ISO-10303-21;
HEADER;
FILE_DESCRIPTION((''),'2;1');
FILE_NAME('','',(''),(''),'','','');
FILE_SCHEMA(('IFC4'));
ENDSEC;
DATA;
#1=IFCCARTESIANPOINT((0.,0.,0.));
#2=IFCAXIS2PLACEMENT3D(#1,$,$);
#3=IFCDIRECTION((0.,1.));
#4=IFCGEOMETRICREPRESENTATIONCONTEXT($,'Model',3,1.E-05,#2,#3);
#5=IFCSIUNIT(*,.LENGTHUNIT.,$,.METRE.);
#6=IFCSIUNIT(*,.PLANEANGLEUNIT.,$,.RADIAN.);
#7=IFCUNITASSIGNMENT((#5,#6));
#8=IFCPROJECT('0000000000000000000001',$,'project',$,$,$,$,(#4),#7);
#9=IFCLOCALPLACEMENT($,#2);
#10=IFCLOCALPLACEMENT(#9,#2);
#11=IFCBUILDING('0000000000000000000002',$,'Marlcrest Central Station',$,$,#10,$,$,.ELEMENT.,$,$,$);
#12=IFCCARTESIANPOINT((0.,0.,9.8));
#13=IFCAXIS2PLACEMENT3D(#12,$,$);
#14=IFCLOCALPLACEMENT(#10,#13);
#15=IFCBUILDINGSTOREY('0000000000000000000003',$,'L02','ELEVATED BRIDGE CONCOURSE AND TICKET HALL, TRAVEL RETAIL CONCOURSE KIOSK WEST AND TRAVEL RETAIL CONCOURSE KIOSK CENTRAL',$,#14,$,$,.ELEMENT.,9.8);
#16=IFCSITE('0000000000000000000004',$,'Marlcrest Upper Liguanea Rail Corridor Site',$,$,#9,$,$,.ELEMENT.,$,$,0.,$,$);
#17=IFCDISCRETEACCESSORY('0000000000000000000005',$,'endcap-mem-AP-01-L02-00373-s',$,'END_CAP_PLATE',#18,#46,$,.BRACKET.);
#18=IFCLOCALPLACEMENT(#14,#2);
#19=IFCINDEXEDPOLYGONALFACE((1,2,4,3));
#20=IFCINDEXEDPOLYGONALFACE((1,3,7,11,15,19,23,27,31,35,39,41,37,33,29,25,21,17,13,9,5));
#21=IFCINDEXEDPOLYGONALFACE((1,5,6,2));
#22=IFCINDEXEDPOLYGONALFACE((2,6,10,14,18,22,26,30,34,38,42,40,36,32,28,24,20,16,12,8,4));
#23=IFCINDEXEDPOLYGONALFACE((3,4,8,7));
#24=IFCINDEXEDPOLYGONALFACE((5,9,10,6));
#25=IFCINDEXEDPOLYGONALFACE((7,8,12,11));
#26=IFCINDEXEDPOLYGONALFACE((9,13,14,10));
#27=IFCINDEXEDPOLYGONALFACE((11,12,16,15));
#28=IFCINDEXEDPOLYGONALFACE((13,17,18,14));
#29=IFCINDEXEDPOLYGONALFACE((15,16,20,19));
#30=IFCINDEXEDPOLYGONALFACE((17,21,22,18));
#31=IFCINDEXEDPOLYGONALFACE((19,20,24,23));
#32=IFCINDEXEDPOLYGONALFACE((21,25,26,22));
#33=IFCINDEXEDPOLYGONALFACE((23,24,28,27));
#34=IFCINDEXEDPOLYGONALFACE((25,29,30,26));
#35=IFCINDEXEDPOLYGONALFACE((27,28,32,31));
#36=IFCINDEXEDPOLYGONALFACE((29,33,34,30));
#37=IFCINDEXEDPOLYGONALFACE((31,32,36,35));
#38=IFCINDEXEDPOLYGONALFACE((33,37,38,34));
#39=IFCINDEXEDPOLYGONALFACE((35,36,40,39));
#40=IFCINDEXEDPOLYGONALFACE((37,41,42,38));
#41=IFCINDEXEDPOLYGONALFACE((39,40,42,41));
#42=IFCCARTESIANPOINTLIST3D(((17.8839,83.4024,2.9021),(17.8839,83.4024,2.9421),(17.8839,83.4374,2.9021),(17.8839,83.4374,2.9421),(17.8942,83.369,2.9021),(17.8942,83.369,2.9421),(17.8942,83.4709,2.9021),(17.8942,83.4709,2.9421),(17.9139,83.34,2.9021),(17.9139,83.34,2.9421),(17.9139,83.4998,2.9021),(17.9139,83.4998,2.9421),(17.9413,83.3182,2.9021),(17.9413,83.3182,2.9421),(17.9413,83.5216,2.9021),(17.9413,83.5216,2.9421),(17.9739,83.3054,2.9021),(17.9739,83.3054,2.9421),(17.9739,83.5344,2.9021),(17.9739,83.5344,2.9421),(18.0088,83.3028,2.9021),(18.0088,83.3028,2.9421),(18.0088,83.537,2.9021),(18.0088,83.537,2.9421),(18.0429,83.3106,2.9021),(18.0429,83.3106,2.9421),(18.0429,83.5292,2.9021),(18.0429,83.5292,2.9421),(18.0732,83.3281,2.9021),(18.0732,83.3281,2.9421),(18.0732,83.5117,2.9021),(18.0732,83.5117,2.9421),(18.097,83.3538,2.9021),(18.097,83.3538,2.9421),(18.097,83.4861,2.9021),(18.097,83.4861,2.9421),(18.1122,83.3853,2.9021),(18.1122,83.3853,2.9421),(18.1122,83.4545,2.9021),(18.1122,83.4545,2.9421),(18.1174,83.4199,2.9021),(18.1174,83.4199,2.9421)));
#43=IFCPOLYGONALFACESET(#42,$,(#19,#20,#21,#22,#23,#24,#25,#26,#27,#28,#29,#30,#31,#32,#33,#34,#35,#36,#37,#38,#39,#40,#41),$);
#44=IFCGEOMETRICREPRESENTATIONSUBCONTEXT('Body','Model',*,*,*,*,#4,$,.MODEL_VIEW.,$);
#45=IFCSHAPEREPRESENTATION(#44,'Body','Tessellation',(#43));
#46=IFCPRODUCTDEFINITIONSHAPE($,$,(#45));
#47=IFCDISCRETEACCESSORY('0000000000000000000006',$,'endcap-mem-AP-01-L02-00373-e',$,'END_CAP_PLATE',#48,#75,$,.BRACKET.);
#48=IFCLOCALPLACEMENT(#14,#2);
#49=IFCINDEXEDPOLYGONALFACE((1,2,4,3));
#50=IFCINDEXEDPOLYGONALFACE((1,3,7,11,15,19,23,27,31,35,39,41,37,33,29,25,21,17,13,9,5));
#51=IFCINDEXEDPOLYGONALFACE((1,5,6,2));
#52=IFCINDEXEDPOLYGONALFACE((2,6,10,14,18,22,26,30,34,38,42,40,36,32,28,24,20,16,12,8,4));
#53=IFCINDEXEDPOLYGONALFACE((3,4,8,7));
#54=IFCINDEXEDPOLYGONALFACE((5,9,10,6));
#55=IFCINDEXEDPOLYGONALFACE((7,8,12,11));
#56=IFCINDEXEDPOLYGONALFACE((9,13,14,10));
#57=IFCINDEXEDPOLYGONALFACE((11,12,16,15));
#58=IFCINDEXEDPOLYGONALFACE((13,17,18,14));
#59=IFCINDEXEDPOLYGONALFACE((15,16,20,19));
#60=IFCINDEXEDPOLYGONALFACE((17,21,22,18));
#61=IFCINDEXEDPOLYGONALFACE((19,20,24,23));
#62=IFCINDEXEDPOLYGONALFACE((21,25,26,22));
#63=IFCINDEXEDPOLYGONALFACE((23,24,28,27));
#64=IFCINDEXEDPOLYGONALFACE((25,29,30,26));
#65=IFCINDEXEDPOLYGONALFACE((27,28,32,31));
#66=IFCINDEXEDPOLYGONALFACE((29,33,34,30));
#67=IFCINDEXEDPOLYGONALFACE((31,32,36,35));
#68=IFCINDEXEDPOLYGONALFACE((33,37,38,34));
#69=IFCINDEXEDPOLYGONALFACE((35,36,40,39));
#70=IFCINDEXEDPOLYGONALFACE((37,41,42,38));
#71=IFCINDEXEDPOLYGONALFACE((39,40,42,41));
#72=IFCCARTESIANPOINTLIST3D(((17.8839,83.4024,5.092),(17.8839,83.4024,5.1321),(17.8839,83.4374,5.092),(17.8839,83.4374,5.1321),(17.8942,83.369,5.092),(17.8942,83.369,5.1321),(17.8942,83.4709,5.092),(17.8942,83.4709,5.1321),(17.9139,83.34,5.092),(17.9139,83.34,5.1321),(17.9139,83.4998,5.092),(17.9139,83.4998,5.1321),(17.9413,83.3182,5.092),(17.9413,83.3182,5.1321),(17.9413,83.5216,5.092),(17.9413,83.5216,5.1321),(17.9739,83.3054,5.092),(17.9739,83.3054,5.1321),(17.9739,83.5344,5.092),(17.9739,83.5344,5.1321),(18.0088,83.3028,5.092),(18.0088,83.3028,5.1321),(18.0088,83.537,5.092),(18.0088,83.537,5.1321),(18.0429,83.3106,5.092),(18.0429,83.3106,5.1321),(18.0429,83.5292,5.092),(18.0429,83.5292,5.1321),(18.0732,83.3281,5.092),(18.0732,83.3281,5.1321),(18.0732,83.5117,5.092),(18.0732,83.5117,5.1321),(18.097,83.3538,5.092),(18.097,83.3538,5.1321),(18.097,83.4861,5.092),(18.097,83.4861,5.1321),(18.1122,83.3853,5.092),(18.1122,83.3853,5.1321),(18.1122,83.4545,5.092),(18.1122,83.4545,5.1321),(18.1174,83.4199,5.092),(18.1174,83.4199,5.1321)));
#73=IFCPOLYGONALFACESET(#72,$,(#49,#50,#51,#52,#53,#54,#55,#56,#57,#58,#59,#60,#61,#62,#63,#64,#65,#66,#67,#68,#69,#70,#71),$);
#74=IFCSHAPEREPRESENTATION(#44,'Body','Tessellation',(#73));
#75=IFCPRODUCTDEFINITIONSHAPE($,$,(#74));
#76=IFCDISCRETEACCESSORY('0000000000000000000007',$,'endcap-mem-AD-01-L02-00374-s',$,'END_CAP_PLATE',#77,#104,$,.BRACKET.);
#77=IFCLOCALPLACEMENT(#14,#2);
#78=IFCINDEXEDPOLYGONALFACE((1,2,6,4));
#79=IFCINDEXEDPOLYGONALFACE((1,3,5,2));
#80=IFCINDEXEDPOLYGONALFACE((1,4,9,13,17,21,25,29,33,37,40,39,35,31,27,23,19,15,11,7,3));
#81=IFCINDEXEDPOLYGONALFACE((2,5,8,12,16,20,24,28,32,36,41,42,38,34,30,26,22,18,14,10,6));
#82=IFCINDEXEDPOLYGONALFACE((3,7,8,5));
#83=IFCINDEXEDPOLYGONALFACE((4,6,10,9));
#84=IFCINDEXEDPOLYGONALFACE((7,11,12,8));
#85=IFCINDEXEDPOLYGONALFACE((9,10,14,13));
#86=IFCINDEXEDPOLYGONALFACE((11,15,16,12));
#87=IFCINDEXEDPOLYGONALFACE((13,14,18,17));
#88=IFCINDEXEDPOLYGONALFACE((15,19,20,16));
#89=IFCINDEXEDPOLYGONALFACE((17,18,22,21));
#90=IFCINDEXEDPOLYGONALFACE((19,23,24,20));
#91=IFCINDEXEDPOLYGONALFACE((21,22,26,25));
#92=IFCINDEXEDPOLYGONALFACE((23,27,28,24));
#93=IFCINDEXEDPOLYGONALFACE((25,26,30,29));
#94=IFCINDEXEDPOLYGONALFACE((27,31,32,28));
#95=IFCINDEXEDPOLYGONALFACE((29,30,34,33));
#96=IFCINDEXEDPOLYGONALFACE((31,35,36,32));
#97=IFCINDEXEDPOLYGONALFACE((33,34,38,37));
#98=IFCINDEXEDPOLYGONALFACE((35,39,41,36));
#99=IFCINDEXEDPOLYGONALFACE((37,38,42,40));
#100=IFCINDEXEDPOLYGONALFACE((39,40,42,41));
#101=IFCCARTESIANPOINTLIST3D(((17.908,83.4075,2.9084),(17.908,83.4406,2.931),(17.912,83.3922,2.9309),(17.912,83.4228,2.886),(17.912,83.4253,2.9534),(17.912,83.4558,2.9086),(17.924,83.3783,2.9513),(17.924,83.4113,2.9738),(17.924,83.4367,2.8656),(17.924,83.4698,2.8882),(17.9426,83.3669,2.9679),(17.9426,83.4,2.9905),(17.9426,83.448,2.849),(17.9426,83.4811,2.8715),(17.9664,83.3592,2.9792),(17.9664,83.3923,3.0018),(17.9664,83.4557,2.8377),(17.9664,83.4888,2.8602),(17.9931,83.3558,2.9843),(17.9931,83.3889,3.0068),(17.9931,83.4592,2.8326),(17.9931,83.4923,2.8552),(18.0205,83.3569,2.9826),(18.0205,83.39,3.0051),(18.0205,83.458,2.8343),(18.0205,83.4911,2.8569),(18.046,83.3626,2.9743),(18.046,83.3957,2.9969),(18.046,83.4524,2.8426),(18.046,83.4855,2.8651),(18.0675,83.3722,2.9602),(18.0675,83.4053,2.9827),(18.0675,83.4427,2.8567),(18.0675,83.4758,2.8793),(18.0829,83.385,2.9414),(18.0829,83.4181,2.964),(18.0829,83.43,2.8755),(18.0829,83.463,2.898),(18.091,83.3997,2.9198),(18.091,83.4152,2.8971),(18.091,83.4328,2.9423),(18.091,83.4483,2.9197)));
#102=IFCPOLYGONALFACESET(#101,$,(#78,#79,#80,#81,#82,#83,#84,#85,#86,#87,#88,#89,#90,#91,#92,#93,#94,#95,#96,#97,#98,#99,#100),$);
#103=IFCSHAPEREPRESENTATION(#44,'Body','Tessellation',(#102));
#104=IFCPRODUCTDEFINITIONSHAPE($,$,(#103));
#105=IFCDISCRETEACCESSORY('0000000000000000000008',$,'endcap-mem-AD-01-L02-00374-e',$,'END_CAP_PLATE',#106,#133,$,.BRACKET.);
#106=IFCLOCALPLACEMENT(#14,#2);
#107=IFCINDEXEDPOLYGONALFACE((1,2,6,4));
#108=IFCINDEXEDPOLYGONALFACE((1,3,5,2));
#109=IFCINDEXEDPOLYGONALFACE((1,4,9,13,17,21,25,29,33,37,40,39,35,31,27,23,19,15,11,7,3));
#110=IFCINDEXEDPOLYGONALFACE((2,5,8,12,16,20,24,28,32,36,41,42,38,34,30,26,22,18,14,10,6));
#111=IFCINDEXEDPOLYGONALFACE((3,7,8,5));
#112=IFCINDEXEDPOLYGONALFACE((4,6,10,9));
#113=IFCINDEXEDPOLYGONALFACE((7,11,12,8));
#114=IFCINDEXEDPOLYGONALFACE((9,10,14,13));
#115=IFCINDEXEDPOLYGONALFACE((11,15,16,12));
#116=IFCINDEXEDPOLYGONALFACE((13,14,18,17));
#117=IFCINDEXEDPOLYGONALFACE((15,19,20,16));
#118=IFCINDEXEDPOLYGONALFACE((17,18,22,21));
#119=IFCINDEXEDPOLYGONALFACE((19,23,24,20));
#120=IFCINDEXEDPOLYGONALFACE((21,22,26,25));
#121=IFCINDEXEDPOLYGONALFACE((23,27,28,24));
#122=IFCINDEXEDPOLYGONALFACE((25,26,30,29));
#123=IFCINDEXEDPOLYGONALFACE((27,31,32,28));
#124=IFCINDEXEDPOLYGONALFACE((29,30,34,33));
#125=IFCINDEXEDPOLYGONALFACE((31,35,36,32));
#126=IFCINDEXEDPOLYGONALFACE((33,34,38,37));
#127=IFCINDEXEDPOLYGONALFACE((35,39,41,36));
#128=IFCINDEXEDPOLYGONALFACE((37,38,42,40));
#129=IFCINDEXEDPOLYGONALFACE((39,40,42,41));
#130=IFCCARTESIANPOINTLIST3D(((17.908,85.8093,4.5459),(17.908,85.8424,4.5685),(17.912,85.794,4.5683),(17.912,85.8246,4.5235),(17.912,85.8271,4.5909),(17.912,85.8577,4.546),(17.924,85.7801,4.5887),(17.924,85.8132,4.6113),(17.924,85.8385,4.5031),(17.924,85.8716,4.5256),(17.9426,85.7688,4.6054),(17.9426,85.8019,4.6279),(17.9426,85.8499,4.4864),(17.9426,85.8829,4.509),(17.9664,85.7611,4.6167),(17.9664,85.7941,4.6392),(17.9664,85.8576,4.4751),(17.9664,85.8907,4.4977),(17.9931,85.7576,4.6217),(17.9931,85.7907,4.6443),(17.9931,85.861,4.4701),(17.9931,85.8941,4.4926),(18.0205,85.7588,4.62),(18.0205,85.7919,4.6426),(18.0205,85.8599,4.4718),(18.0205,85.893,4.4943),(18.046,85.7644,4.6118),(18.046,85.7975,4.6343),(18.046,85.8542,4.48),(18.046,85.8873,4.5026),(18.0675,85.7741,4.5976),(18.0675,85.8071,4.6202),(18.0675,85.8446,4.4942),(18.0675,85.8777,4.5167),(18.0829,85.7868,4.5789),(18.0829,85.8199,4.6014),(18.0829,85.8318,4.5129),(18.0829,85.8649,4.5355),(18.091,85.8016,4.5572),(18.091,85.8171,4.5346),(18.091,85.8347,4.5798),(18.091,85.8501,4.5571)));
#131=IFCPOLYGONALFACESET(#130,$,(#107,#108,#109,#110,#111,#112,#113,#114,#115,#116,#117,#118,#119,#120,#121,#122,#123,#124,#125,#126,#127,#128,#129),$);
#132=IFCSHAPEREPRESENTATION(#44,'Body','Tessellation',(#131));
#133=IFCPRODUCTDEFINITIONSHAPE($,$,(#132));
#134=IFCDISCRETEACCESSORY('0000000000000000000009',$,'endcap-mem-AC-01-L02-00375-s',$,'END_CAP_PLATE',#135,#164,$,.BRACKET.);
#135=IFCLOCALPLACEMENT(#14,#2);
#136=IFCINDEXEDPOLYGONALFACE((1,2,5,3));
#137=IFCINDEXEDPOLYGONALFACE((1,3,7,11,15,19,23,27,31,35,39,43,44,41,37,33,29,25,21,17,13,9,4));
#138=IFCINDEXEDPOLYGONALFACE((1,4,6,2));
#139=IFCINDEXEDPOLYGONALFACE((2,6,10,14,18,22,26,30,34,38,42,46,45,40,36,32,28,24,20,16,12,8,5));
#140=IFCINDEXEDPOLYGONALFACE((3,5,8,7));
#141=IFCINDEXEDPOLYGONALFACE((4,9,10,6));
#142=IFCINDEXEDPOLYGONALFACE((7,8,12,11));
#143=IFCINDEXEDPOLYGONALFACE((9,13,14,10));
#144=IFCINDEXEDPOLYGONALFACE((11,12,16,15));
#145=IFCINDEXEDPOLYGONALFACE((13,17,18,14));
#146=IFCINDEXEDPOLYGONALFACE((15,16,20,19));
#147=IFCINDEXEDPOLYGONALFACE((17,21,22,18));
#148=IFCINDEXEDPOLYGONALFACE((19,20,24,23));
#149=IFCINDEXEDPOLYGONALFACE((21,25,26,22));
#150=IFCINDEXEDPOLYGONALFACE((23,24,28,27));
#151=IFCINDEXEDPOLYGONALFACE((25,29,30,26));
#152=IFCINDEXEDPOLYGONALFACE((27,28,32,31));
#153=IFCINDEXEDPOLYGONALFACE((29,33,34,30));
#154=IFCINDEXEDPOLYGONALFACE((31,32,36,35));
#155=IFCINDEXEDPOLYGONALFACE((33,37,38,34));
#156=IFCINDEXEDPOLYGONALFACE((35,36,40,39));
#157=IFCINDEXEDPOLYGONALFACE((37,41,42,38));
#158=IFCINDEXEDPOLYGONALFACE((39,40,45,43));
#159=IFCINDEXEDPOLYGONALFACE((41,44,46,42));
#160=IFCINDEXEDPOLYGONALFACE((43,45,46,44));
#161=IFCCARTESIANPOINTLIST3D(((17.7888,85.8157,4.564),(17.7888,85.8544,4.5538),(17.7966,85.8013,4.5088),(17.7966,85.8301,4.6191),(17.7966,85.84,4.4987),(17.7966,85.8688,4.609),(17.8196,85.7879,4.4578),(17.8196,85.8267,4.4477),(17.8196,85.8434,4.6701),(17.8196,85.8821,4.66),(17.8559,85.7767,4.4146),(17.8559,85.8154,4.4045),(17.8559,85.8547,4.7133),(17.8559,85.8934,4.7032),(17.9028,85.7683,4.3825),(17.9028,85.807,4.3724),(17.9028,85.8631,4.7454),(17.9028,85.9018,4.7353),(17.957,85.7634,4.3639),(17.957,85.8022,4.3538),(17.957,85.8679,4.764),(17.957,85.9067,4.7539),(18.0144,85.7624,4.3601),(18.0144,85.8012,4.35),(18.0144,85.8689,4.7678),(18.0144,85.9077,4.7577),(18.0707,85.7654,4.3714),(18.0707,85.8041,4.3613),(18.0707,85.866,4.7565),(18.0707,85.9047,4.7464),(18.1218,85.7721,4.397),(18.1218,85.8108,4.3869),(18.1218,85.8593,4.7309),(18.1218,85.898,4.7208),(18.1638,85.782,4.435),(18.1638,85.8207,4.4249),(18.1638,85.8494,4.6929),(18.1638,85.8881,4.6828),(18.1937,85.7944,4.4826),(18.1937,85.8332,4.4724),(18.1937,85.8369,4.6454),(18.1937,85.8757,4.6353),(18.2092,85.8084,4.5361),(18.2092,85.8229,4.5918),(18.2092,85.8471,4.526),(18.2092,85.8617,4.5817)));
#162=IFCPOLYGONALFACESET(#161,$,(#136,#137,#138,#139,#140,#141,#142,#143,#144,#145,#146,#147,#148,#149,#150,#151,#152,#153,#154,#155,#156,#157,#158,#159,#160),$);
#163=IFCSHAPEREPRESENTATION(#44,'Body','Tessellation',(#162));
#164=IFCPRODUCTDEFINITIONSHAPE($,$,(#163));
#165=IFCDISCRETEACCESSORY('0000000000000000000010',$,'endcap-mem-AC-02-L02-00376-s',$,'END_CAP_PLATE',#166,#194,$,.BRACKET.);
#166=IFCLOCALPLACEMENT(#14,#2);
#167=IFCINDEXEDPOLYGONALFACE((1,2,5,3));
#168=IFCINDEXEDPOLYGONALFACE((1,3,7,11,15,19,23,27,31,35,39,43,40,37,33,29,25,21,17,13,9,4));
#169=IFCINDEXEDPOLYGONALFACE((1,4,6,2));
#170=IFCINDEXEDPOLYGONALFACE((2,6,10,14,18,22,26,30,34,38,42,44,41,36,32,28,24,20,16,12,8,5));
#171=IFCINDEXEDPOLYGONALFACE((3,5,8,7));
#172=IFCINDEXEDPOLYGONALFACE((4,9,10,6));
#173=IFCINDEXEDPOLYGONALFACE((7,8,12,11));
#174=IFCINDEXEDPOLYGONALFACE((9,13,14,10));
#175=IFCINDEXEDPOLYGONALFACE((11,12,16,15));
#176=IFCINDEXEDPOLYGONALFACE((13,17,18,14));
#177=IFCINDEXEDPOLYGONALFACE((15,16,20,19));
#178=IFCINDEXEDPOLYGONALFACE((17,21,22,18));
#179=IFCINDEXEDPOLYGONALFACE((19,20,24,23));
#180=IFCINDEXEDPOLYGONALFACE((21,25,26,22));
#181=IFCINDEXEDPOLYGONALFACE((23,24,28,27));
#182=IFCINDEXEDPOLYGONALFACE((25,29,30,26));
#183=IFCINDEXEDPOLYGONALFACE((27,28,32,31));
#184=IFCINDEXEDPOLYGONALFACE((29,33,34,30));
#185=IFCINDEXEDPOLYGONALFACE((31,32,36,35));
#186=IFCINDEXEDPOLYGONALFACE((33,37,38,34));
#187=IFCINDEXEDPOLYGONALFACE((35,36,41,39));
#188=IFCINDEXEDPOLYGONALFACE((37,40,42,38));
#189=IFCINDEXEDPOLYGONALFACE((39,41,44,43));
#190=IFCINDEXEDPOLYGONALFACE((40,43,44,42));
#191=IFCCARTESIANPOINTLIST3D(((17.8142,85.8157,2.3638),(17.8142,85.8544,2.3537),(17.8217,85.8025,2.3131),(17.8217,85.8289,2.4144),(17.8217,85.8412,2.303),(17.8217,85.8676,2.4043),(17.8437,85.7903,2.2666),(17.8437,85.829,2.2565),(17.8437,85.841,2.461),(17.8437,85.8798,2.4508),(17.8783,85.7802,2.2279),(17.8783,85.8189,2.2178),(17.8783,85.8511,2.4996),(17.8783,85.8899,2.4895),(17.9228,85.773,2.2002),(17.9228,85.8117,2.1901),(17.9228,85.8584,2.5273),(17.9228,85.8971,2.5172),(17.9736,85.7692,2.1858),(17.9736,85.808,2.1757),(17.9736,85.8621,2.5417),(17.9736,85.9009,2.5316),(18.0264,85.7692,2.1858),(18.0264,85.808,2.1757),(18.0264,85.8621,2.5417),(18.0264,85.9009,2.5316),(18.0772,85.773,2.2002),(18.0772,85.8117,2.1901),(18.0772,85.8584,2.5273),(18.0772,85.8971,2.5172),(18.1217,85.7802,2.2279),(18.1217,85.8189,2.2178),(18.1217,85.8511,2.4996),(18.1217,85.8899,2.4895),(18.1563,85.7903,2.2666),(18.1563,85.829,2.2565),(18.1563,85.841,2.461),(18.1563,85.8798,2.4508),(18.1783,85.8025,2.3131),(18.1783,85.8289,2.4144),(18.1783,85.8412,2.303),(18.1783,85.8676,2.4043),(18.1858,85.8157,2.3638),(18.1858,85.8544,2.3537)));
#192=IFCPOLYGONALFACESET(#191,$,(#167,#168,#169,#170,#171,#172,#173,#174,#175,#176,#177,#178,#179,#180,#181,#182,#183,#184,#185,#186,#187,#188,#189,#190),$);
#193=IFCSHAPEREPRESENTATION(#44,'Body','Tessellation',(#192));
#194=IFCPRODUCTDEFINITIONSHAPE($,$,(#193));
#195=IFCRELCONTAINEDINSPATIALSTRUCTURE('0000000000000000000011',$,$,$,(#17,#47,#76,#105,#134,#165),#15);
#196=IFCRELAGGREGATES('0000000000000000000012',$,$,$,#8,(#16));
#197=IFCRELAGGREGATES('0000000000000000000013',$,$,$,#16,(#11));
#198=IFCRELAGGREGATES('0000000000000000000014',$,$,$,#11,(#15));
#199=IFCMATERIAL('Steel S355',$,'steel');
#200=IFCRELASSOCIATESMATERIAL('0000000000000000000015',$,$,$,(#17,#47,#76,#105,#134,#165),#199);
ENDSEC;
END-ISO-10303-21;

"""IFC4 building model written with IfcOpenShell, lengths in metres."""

from ifc_helpers import new_model, si_unit, direction, frame, origin, origin_2d, place, context, subcontext, project, spatial, circle, extrude, material, element, save


model = new_model("IFC4")

# Units and contexts
model_context = context("Model", 3, precision=1e-05, world=origin(), true_north=direction((0.0, 1.0)))
body_context = subcontext(model_context, "Body", "Model", "MODEL_VIEW")
ifc_project = project(units=[si_unit("LENGTHUNIT", "METRE"), si_unit("PLANEANGLEUNIT", "RADIAN")], contexts=[model_context])

# Site, building, storey
site_placement = place(None, origin())
site = spatial("IfcSite", under=ifc_project, at=site_placement, Name="Marlcrest Upper Liguanea Rail Corridor Site", CompositionType="ELEMENT", RefElevation=0.0)
building_placement = place(site_placement, origin())
building = spatial("IfcBuilding", under=site, at=building_placement, Name="Marlcrest Central Station", CompositionType="ELEMENT")
storey_placement = place(building_placement, frame((0.0, 0.0, 9.8)))
storey = spatial("IfcBuildingStorey", under=building, at=storey_placement, Name="L02", Description="ELEVATED BRIDGE CONCOURSE AND TICKET HALL, TRAVEL RETAIL CONCOURSE KIOSK WEST AND TRAVEL RETAIL CONCOURSE KIOSK CENTRAL", CompositionType="ELEMENT", Elevation=9.8)

# Shared definitions
ifc_material = material(Name="Steel S355", Category="steel")

# Discrete accessories
for number, where, z_axis, x_axis, name in (
    (1, (18.0, 83.4199, 2.9021), (0.0, 0.0, 1.0), (1.0, 0.0, 0.0), "endcap-mem-AP-01-L02-00373-s"),
    (2, (18.0, 83.4199, 5.092), (0.0, 0.0, 1.0), (1.0, 0.0, 0.0), "endcap-mem-AP-01-L02-00373-e"),
):
    element("IfcDiscreteAccessory", number, at=place(storey_placement, frame(where, z_axis=z_axis, x_axis=x_axis)), inside=storey, material=ifc_material, Name=name, ObjectType="END_CAP_PLATE", PredefinedType="BRACKET", context=body_context, shape_type="SweptSolid", body=[
        extrude(circle(Radius=0.1174, at=origin_2d()), origin(), (0.0, 0.0, 1.0), 0.04),
    ])
for number, where, z_axis, x_axis, name in (
    (3, (18.0, 83.4075, 2.9084), (0.0, 0.826263, 0.563285), (-1.0, 0.0, 0.0), "endcap-mem-AD-01-L02-00374-s"),
    (4, (18.0, 85.8093, 4.5459), (0.0, 0.826263, 0.563285), (-1.0, 0.0, 0.0), "endcap-mem-AD-01-L02-00374-e"),
):
    element("IfcDiscreteAccessory", number, at=place(storey_placement, frame(where, z_axis=z_axis, x_axis=x_axis)), inside=storey, material=ifc_material, Name=name, ObjectType="END_CAP_PLATE", PredefinedType="BRACKET", context=body_context, shape_type="SweptSolid", body=[
        extrude(circle(Radius=0.092, at=origin_2d()), origin(), (0.0, 0.0, 1.0), 0.04),
    ])
discrete_accessory_1_placement = place(storey_placement, frame((18.0, 85.8157, 4.564), z_axis=(0.0, 0.967539, -0.25272), x_axis=(-1.0, 0.0, 0.0)))
element("IfcDiscreteAccessory", 5, at=discrete_accessory_1_placement, inside=storey, material=ifc_material, Name="endcap-mem-AC-01-L02-00375-s", ObjectType="END_CAP_PLATE", PredefinedType="BRACKET", context=body_context, shape_type="SweptSolid", body=[
    extrude(circle(Radius=0.2112, at=origin_2d()), origin(), (0.0, 0.0, 1.0), 0.04),
])
discrete_accessory_2_placement = place(storey_placement, frame((18.0, 85.8157, 2.3638), z_axis=(0.0, 0.967563, -0.252629), x_axis=(-1.0, 0.0, 0.0)))
element("IfcDiscreteAccessory", 6, at=discrete_accessory_2_placement, inside=storey, material=ifc_material, Name="endcap-mem-AC-02-L02-00376-s", ObjectType="END_CAP_PLATE", PredefinedType="BRACKET", context=body_context, shape_type="SweptSolid", body=[
    extrude(circle(Radius=0.1858, at=origin_2d()), origin(), (0.0, 0.0, 1.0), 0.04),
])

save(model, "model.ifc")
